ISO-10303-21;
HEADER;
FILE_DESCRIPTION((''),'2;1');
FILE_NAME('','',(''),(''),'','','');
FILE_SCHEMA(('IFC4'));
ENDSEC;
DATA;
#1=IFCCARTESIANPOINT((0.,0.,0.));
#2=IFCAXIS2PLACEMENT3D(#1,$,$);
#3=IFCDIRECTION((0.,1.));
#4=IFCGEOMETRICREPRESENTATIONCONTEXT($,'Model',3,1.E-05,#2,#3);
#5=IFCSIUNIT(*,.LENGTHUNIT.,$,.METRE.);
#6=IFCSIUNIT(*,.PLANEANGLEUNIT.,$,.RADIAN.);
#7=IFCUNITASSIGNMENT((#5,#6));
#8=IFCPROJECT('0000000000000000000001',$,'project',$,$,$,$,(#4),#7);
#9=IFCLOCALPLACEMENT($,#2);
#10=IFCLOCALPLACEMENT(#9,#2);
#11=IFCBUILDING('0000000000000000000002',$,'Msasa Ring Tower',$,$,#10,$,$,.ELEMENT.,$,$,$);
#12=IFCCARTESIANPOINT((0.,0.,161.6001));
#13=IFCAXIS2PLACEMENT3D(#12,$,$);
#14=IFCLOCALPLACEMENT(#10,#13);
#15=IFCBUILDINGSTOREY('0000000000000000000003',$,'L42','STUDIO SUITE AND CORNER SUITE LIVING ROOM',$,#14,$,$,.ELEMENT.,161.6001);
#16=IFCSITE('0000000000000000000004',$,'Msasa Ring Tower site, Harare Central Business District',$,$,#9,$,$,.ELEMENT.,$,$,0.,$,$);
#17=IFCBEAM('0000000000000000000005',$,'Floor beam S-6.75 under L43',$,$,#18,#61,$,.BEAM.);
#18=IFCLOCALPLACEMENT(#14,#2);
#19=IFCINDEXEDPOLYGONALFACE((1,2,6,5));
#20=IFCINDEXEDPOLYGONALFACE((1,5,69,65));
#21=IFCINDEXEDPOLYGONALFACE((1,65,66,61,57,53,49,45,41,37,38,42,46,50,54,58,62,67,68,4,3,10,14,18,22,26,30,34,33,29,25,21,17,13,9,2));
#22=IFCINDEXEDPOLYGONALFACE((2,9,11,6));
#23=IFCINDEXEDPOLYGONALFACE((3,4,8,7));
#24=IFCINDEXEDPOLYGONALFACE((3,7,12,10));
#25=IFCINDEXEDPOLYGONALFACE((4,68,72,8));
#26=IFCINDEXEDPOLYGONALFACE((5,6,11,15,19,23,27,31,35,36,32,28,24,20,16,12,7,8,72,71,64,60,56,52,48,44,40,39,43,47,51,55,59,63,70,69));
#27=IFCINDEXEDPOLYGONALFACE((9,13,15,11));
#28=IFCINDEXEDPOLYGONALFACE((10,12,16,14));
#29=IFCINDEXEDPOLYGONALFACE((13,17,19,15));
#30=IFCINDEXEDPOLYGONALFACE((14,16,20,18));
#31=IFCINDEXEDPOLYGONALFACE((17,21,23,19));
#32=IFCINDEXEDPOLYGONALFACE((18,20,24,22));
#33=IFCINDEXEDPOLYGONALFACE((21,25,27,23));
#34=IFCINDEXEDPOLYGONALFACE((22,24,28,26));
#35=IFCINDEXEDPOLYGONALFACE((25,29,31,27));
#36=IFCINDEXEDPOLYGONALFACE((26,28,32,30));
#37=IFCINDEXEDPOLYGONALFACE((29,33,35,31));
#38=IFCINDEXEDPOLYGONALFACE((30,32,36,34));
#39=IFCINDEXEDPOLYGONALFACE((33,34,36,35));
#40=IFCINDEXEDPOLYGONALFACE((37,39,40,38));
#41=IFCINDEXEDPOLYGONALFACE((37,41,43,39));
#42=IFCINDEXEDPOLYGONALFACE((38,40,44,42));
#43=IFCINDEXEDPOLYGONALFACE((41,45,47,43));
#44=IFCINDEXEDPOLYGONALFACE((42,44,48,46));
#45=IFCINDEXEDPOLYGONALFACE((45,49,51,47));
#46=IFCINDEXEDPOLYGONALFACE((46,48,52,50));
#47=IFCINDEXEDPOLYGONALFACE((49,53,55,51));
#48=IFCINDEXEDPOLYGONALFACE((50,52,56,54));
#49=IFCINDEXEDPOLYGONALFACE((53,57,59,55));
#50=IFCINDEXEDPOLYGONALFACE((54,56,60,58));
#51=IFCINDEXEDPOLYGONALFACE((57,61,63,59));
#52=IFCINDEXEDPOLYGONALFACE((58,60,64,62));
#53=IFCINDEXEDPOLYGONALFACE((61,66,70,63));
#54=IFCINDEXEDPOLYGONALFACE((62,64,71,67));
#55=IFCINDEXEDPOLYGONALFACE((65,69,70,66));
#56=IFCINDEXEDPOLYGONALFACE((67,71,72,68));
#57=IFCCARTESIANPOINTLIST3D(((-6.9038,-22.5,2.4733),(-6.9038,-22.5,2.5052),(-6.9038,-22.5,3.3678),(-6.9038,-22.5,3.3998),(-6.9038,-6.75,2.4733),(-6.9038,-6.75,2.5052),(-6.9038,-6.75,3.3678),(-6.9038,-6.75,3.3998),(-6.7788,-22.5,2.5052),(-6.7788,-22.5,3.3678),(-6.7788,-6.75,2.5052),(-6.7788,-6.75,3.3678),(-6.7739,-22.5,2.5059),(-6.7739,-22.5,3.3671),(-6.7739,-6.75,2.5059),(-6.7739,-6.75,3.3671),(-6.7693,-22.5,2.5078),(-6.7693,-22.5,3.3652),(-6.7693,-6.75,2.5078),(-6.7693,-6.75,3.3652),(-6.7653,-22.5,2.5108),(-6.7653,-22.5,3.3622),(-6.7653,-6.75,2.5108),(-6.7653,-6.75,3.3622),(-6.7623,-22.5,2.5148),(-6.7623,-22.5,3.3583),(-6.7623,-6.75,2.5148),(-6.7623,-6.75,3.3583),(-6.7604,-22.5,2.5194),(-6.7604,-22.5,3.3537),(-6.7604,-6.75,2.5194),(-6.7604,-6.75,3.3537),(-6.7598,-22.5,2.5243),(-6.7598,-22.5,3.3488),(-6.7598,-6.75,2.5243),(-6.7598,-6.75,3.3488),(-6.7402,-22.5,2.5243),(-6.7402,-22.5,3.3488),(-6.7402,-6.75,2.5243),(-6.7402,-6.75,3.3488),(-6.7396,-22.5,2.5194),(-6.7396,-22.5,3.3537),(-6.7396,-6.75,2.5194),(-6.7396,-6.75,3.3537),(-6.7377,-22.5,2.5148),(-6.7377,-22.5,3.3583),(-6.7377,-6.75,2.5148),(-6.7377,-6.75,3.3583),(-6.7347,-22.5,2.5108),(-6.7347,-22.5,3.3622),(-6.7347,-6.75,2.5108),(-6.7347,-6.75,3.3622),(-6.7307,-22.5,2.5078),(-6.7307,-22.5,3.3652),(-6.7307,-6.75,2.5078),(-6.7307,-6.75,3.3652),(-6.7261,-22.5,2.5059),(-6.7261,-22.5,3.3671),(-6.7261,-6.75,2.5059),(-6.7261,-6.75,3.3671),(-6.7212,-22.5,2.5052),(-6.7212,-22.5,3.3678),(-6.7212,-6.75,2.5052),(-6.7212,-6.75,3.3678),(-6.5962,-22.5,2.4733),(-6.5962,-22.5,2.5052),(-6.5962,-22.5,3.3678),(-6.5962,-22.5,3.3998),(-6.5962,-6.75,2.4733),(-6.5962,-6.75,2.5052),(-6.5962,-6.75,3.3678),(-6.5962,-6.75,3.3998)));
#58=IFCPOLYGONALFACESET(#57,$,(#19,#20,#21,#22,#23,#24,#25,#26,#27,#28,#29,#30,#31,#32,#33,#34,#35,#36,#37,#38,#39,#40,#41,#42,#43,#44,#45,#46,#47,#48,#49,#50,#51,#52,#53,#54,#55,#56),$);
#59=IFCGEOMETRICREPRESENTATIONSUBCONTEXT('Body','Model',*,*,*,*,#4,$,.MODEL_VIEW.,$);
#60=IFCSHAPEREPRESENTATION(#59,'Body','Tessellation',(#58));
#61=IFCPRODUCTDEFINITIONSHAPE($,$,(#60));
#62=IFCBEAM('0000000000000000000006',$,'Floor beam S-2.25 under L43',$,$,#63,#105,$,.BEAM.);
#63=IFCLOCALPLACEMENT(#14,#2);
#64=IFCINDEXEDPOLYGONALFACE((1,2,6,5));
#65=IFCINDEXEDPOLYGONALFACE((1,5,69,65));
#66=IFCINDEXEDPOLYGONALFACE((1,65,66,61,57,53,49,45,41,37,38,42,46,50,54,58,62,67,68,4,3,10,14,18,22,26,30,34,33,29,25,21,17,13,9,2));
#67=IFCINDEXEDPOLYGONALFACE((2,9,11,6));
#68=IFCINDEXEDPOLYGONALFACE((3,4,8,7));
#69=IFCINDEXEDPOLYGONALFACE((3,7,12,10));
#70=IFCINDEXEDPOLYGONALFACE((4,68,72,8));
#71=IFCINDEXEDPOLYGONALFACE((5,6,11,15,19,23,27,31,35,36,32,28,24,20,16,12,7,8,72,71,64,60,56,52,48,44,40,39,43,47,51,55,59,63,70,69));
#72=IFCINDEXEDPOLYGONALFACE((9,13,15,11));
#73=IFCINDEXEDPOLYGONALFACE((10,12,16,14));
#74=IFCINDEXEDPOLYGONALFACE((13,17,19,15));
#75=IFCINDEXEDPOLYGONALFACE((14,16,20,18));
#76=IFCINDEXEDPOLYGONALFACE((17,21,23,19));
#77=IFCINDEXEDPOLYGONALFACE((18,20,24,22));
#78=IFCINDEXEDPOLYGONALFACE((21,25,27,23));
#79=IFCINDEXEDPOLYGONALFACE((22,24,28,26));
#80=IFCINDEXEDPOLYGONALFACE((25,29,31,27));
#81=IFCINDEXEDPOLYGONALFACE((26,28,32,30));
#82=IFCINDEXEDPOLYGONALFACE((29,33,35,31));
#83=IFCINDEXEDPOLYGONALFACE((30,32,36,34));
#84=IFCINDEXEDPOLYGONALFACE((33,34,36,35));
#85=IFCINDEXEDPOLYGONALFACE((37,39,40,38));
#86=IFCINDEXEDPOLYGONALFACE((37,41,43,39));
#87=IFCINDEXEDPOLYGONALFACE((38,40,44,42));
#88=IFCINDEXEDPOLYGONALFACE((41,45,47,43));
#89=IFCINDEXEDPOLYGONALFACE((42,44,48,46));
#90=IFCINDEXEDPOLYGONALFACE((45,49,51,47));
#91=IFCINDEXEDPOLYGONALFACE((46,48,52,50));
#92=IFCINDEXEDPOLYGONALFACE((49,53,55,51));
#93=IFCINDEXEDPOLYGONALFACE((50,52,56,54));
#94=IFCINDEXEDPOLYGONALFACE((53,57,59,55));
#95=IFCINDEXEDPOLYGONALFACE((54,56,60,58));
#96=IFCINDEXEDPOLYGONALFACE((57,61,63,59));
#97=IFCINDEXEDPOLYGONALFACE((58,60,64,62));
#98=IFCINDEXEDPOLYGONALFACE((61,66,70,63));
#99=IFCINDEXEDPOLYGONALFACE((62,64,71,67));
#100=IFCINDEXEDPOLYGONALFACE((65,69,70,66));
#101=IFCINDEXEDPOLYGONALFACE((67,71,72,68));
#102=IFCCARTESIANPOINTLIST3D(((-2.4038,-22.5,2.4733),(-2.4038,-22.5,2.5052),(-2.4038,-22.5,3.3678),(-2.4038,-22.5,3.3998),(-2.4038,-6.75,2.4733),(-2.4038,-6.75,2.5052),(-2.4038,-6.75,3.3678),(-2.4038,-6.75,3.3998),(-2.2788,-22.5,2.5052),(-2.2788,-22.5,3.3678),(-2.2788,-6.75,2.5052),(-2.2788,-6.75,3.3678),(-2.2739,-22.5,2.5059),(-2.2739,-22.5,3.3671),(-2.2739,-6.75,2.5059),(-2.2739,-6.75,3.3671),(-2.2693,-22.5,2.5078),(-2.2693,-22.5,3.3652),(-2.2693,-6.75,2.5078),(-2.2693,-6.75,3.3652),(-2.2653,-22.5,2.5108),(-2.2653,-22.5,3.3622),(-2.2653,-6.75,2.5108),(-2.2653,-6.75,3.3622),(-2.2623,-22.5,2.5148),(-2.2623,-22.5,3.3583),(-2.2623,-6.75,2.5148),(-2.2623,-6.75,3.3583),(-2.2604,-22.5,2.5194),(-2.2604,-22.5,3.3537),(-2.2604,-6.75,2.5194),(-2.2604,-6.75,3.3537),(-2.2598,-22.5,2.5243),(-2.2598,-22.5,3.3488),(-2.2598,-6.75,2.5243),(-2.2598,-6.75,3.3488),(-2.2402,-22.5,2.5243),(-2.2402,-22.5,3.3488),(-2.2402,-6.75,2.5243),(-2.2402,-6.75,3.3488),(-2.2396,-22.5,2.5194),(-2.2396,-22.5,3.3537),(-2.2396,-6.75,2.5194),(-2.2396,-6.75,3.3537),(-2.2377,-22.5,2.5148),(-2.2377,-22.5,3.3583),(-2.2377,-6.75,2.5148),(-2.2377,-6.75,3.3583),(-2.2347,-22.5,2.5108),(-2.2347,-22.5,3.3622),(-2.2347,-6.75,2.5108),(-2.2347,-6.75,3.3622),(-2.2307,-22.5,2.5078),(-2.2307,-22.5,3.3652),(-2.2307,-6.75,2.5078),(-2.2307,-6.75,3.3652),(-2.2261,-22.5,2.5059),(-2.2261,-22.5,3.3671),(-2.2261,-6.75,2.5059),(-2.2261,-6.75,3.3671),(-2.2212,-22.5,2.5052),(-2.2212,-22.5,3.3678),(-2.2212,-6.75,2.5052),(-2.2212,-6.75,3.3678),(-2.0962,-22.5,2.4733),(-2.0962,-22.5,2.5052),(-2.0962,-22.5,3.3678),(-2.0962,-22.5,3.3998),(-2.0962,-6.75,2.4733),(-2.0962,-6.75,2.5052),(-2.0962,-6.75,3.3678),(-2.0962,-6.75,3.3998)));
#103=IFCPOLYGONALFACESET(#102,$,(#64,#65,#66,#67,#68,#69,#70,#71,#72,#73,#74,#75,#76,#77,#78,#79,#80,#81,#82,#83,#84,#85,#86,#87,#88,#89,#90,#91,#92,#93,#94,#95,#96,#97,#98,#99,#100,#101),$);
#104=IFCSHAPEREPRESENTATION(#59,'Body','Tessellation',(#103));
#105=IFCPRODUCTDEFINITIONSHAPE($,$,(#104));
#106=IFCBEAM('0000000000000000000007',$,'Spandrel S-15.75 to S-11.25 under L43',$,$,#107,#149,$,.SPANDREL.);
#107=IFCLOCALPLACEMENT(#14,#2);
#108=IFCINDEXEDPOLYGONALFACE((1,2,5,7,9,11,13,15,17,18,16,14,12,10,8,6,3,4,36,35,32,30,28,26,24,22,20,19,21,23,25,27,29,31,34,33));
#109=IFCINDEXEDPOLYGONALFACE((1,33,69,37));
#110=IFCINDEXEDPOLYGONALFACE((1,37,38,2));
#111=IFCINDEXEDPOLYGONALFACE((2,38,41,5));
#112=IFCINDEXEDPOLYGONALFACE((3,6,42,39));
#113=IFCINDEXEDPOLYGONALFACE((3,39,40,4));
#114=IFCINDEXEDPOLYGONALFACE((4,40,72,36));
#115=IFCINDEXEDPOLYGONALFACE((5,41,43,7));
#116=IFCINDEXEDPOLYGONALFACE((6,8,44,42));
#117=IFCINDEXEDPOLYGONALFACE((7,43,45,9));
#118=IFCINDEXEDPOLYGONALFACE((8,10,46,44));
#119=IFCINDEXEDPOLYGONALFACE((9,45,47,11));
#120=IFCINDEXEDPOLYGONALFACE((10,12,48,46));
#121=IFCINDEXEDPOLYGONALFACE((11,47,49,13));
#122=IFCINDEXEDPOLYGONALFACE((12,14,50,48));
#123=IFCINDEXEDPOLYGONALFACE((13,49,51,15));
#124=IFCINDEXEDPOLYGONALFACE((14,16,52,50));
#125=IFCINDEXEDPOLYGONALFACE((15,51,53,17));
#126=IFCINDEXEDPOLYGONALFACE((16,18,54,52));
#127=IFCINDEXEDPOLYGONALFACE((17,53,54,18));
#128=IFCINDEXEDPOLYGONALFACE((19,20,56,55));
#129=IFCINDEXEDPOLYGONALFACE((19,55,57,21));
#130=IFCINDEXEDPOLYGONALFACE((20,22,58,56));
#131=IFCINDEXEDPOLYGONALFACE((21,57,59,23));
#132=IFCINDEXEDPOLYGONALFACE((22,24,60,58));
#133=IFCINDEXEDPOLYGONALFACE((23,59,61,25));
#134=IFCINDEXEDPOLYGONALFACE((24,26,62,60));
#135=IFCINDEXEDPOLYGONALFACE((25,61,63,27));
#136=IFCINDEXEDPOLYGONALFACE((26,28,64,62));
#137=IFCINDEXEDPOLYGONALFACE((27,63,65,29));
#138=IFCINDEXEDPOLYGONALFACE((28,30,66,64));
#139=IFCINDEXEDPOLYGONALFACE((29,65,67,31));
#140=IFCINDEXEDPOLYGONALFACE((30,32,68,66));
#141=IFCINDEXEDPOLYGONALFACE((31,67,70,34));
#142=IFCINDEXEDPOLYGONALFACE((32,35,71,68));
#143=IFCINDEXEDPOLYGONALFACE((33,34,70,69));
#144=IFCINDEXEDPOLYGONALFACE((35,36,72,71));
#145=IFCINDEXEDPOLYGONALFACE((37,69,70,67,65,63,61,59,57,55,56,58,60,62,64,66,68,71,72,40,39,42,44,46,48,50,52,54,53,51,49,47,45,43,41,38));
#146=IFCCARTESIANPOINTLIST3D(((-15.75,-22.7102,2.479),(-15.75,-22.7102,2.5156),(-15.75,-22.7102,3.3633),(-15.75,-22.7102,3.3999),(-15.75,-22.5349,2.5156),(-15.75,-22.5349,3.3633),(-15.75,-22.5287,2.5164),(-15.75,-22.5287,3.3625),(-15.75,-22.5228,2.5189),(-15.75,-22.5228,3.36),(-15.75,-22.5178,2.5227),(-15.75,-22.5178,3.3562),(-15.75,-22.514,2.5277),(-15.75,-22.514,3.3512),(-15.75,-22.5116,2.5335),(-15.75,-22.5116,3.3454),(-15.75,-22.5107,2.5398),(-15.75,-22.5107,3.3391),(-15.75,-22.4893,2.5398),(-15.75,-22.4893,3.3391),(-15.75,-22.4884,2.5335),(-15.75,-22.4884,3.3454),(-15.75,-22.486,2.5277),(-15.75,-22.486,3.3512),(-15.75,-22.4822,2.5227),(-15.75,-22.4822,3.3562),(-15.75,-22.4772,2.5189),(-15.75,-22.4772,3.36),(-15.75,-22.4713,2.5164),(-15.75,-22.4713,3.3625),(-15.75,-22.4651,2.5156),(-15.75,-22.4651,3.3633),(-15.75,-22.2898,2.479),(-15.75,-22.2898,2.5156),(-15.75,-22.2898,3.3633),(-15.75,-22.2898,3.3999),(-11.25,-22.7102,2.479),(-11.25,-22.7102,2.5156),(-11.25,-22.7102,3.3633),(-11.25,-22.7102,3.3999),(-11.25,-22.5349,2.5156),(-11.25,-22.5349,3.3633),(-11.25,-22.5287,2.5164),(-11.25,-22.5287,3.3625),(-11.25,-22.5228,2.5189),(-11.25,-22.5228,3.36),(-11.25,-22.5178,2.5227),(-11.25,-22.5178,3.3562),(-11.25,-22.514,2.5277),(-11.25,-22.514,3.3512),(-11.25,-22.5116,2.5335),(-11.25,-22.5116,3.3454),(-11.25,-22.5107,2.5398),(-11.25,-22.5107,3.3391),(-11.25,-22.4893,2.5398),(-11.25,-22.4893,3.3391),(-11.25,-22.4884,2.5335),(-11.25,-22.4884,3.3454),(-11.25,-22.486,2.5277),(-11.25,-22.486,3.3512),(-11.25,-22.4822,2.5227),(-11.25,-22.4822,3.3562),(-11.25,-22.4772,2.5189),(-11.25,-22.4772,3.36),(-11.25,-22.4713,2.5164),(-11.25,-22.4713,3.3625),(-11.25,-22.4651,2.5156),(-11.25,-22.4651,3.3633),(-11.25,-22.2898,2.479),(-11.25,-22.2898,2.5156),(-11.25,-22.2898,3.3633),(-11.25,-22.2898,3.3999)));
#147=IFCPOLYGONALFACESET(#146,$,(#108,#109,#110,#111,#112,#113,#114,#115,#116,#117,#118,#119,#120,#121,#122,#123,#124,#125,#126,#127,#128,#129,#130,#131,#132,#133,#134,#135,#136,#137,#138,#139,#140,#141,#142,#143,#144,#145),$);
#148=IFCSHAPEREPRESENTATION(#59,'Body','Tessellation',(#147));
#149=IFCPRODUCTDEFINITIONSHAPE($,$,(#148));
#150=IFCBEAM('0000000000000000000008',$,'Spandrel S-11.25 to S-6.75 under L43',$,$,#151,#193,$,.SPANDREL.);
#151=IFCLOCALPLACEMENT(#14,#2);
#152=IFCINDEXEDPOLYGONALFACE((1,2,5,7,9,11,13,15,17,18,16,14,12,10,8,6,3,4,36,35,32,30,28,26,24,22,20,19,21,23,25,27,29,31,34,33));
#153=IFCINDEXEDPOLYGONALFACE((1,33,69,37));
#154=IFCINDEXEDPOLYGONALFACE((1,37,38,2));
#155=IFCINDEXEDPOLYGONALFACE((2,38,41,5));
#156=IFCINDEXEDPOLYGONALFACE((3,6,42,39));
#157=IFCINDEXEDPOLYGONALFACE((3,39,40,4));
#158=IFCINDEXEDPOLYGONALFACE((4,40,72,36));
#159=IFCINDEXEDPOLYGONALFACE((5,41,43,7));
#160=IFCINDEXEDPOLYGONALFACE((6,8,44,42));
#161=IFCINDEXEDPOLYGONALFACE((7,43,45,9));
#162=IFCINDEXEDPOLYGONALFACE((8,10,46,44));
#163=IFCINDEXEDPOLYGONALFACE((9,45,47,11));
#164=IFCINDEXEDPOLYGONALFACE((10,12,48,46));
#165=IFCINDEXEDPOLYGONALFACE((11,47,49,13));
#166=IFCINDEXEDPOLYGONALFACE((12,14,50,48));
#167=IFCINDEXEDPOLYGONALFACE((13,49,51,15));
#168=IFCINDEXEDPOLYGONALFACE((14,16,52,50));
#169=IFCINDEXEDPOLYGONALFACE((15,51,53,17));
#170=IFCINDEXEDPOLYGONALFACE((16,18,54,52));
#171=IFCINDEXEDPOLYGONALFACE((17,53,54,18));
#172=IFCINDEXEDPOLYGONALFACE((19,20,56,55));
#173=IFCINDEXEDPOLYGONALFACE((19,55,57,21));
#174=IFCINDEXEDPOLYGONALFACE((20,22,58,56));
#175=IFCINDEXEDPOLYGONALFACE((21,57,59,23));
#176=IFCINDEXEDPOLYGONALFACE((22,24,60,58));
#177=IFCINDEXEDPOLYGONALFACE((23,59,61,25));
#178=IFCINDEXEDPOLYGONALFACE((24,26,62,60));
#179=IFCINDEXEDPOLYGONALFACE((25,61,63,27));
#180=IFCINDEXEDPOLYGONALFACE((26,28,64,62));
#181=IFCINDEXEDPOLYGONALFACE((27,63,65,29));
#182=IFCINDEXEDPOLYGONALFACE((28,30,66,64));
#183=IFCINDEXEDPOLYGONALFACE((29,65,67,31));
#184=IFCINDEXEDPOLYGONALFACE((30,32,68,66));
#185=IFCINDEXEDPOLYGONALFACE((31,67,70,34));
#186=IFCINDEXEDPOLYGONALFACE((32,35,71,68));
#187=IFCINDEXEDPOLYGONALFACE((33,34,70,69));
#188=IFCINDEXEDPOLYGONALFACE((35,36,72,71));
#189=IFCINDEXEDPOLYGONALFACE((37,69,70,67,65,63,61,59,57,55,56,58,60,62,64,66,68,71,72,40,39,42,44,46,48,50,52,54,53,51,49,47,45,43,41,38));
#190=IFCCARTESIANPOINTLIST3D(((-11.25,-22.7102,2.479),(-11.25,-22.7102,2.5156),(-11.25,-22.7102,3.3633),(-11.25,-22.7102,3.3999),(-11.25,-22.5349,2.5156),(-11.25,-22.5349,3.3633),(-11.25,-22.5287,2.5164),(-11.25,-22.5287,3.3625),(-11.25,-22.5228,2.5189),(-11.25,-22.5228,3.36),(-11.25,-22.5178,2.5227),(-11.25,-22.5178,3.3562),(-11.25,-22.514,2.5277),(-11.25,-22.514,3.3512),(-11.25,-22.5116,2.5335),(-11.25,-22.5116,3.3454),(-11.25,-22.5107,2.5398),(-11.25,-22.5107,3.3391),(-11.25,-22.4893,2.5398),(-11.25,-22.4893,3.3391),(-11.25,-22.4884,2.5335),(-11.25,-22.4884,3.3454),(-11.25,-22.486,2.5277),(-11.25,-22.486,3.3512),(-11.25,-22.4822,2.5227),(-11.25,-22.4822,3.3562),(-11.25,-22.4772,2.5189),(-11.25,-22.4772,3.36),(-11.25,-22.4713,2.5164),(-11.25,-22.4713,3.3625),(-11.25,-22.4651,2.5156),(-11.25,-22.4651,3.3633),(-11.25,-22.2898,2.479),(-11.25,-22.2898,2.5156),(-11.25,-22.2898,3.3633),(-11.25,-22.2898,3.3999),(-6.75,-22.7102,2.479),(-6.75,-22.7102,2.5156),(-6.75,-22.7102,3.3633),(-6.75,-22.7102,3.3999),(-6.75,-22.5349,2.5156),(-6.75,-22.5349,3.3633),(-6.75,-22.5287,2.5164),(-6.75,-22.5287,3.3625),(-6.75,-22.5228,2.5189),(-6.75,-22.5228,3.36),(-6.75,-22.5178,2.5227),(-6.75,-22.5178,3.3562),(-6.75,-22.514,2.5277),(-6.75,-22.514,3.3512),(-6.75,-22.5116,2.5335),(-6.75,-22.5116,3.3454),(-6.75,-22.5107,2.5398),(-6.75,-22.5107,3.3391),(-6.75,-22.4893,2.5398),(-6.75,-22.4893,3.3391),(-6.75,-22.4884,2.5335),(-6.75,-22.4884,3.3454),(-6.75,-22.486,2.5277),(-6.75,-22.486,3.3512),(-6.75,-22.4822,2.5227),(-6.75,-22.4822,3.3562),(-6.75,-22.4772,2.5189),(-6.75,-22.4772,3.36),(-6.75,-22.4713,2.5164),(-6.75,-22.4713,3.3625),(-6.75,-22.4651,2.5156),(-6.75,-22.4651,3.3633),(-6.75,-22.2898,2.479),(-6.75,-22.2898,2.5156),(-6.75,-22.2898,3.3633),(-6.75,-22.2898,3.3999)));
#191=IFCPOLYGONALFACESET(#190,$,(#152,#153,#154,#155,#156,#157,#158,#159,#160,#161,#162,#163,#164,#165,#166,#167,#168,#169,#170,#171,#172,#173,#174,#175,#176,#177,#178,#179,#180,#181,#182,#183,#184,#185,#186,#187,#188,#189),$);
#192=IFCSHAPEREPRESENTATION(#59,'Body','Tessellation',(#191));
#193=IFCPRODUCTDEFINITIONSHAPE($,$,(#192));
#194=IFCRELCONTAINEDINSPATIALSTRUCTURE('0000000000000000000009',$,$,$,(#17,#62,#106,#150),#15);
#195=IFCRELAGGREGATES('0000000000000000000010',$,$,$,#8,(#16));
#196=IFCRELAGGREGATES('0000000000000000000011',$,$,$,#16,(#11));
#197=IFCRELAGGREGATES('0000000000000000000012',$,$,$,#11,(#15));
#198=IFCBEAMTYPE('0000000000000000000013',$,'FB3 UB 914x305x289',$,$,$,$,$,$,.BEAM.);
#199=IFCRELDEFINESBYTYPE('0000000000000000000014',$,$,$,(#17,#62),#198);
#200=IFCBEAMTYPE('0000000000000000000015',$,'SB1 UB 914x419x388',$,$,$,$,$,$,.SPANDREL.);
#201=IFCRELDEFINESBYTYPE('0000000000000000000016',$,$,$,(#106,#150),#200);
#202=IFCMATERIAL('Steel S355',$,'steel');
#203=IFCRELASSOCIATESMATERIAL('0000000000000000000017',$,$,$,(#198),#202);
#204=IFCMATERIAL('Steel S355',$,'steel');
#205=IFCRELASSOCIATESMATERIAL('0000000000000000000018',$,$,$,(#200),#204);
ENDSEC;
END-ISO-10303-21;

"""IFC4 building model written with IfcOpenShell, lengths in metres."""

from ifc_helpers import new_model, si_unit, direction, frame, origin, origin_2d, place, context, subcontext, project, spatial, i_section, extrude, material, material_profile, profile_set, type_object, element, save


model = new_model("IFC4")

# Units and contexts
model_context = context("Model", 3, precision=1e-05, world=origin(), true_north=direction((0.0, 1.0)))
body_context = subcontext(model_context, "Body", "Model", "MODEL_VIEW")
ifc_project = project(units=[si_unit("LENGTHUNIT", "METRE"), si_unit("PLANEANGLEUNIT", "RADIAN")], contexts=[model_context])

# Site, building, storey
site_placement = place(None, origin())
site = spatial("IfcSite", under=ifc_project, at=site_placement, Name="Msasa Ring Tower site, Harare Central Business District", CompositionType="ELEMENT", RefElevation=0.0)
building_placement = place(site_placement, origin())
building = spatial("IfcBuilding", under=site, at=building_placement, Name="Msasa Ring Tower", CompositionType="ELEMENT")
storey_placement = place(building_placement, frame((0.0, 0.0, 161.6001)))
storey = spatial("IfcBuildingStorey", under=building, at=storey_placement, Name="L42", Description="STUDIO SUITE AND CORNER SUITE LIVING ROOM", CompositionType="ELEMENT", Elevation=161.6001)

# Beams
ifc_material_1 = material(Name="Steel S355", Category="steel")
ifc_material_profile_1 = material_profile(ifc_material_1, i_section(OverallWidth=0.3076, OverallDepth=0.9265, WebThickness=0.0195, FlangeThickness=0.032, FilletRadius=0.019, at=origin_2d()), Name="UB 914x305x289")
ifc_profile_set_1 = profile_set([ifc_material_profile_1], Name="Steel S355")
beam_type_1 = type_object("IfcBeamType", Name="FB3 UB 914x305x289", PredefinedType="BEAM", material=ifc_profile_set_1)
for number, where, z_axis, x_axis, name in (
    (1, (-6.75, -22.5, 2.9365), (0.0, 1.0, 0.0), (-1.0, 0.0, 0.0), "Floor beam S-6.75 under L43"),
    (2, (-2.25, -22.5, 2.9365), (0.0, 1.0, 0.0), (-1.0, 0.0, 0.0), "Floor beam S-2.25 under L43"),
):
    element("IfcBeam", number, at=place(storey_placement, frame(where, z_axis=z_axis, x_axis=x_axis)), inside=storey, type_object=beam_type_1, Name=name, PredefinedType="BEAM", context=body_context, shape_type="SweptSolid", body=[
        extrude(i_section(OverallWidth=0.3076, OverallDepth=0.9265, WebThickness=0.0195, FlangeThickness=0.032, FilletRadius=0.019, at=origin_2d()), origin(), (0.0, 0.0, 1.0), 15.75),
    ])
ifc_material_2 = material(Name="Steel S355", Category="steel")
ifc_material_profile_2 = material_profile(ifc_material_2, i_section(OverallWidth=0.4204, OverallDepth=0.9209, WebThickness=0.0215, FlangeThickness=0.0366, FilletRadius=0.0242, at=origin_2d()), Name="UB 914x419x388")
ifc_profile_set_2 = profile_set([ifc_material_profile_2], Name="Steel S355")
beam_type_2 = type_object("IfcBeamType", Name="SB1 UB 914x419x388", PredefinedType="SPANDREL", material=ifc_profile_set_2)
for number, where, z_axis, x_axis, name in (
    (3, (-15.75, -22.5, 2.9395), (1.0, 0.0, 0.0), (0.0, 1.0, 0.0), "Spandrel S-15.75 to S-11.25 under L43"),
    (4, (-11.25, -22.5, 2.9395), (1.0, 0.0, 0.0), (0.0, 1.0, 0.0), "Spandrel S-11.25 to S-6.75 under L43"),
):
    element("IfcBeam", number, at=place(storey_placement, frame(where, z_axis=z_axis, x_axis=x_axis)), inside=storey, type_object=beam_type_2, Name=name, PredefinedType="SPANDREL", context=body_context, shape_type="SweptSolid", body=[
        extrude(i_section(OverallWidth=0.4204, OverallDepth=0.9209, WebThickness=0.0215, FlangeThickness=0.0366, FilletRadius=0.0242, at=origin_2d()), origin(), (0.0, 0.0, 1.0), 4.5),
    ])

save(model, "model.ifc")
